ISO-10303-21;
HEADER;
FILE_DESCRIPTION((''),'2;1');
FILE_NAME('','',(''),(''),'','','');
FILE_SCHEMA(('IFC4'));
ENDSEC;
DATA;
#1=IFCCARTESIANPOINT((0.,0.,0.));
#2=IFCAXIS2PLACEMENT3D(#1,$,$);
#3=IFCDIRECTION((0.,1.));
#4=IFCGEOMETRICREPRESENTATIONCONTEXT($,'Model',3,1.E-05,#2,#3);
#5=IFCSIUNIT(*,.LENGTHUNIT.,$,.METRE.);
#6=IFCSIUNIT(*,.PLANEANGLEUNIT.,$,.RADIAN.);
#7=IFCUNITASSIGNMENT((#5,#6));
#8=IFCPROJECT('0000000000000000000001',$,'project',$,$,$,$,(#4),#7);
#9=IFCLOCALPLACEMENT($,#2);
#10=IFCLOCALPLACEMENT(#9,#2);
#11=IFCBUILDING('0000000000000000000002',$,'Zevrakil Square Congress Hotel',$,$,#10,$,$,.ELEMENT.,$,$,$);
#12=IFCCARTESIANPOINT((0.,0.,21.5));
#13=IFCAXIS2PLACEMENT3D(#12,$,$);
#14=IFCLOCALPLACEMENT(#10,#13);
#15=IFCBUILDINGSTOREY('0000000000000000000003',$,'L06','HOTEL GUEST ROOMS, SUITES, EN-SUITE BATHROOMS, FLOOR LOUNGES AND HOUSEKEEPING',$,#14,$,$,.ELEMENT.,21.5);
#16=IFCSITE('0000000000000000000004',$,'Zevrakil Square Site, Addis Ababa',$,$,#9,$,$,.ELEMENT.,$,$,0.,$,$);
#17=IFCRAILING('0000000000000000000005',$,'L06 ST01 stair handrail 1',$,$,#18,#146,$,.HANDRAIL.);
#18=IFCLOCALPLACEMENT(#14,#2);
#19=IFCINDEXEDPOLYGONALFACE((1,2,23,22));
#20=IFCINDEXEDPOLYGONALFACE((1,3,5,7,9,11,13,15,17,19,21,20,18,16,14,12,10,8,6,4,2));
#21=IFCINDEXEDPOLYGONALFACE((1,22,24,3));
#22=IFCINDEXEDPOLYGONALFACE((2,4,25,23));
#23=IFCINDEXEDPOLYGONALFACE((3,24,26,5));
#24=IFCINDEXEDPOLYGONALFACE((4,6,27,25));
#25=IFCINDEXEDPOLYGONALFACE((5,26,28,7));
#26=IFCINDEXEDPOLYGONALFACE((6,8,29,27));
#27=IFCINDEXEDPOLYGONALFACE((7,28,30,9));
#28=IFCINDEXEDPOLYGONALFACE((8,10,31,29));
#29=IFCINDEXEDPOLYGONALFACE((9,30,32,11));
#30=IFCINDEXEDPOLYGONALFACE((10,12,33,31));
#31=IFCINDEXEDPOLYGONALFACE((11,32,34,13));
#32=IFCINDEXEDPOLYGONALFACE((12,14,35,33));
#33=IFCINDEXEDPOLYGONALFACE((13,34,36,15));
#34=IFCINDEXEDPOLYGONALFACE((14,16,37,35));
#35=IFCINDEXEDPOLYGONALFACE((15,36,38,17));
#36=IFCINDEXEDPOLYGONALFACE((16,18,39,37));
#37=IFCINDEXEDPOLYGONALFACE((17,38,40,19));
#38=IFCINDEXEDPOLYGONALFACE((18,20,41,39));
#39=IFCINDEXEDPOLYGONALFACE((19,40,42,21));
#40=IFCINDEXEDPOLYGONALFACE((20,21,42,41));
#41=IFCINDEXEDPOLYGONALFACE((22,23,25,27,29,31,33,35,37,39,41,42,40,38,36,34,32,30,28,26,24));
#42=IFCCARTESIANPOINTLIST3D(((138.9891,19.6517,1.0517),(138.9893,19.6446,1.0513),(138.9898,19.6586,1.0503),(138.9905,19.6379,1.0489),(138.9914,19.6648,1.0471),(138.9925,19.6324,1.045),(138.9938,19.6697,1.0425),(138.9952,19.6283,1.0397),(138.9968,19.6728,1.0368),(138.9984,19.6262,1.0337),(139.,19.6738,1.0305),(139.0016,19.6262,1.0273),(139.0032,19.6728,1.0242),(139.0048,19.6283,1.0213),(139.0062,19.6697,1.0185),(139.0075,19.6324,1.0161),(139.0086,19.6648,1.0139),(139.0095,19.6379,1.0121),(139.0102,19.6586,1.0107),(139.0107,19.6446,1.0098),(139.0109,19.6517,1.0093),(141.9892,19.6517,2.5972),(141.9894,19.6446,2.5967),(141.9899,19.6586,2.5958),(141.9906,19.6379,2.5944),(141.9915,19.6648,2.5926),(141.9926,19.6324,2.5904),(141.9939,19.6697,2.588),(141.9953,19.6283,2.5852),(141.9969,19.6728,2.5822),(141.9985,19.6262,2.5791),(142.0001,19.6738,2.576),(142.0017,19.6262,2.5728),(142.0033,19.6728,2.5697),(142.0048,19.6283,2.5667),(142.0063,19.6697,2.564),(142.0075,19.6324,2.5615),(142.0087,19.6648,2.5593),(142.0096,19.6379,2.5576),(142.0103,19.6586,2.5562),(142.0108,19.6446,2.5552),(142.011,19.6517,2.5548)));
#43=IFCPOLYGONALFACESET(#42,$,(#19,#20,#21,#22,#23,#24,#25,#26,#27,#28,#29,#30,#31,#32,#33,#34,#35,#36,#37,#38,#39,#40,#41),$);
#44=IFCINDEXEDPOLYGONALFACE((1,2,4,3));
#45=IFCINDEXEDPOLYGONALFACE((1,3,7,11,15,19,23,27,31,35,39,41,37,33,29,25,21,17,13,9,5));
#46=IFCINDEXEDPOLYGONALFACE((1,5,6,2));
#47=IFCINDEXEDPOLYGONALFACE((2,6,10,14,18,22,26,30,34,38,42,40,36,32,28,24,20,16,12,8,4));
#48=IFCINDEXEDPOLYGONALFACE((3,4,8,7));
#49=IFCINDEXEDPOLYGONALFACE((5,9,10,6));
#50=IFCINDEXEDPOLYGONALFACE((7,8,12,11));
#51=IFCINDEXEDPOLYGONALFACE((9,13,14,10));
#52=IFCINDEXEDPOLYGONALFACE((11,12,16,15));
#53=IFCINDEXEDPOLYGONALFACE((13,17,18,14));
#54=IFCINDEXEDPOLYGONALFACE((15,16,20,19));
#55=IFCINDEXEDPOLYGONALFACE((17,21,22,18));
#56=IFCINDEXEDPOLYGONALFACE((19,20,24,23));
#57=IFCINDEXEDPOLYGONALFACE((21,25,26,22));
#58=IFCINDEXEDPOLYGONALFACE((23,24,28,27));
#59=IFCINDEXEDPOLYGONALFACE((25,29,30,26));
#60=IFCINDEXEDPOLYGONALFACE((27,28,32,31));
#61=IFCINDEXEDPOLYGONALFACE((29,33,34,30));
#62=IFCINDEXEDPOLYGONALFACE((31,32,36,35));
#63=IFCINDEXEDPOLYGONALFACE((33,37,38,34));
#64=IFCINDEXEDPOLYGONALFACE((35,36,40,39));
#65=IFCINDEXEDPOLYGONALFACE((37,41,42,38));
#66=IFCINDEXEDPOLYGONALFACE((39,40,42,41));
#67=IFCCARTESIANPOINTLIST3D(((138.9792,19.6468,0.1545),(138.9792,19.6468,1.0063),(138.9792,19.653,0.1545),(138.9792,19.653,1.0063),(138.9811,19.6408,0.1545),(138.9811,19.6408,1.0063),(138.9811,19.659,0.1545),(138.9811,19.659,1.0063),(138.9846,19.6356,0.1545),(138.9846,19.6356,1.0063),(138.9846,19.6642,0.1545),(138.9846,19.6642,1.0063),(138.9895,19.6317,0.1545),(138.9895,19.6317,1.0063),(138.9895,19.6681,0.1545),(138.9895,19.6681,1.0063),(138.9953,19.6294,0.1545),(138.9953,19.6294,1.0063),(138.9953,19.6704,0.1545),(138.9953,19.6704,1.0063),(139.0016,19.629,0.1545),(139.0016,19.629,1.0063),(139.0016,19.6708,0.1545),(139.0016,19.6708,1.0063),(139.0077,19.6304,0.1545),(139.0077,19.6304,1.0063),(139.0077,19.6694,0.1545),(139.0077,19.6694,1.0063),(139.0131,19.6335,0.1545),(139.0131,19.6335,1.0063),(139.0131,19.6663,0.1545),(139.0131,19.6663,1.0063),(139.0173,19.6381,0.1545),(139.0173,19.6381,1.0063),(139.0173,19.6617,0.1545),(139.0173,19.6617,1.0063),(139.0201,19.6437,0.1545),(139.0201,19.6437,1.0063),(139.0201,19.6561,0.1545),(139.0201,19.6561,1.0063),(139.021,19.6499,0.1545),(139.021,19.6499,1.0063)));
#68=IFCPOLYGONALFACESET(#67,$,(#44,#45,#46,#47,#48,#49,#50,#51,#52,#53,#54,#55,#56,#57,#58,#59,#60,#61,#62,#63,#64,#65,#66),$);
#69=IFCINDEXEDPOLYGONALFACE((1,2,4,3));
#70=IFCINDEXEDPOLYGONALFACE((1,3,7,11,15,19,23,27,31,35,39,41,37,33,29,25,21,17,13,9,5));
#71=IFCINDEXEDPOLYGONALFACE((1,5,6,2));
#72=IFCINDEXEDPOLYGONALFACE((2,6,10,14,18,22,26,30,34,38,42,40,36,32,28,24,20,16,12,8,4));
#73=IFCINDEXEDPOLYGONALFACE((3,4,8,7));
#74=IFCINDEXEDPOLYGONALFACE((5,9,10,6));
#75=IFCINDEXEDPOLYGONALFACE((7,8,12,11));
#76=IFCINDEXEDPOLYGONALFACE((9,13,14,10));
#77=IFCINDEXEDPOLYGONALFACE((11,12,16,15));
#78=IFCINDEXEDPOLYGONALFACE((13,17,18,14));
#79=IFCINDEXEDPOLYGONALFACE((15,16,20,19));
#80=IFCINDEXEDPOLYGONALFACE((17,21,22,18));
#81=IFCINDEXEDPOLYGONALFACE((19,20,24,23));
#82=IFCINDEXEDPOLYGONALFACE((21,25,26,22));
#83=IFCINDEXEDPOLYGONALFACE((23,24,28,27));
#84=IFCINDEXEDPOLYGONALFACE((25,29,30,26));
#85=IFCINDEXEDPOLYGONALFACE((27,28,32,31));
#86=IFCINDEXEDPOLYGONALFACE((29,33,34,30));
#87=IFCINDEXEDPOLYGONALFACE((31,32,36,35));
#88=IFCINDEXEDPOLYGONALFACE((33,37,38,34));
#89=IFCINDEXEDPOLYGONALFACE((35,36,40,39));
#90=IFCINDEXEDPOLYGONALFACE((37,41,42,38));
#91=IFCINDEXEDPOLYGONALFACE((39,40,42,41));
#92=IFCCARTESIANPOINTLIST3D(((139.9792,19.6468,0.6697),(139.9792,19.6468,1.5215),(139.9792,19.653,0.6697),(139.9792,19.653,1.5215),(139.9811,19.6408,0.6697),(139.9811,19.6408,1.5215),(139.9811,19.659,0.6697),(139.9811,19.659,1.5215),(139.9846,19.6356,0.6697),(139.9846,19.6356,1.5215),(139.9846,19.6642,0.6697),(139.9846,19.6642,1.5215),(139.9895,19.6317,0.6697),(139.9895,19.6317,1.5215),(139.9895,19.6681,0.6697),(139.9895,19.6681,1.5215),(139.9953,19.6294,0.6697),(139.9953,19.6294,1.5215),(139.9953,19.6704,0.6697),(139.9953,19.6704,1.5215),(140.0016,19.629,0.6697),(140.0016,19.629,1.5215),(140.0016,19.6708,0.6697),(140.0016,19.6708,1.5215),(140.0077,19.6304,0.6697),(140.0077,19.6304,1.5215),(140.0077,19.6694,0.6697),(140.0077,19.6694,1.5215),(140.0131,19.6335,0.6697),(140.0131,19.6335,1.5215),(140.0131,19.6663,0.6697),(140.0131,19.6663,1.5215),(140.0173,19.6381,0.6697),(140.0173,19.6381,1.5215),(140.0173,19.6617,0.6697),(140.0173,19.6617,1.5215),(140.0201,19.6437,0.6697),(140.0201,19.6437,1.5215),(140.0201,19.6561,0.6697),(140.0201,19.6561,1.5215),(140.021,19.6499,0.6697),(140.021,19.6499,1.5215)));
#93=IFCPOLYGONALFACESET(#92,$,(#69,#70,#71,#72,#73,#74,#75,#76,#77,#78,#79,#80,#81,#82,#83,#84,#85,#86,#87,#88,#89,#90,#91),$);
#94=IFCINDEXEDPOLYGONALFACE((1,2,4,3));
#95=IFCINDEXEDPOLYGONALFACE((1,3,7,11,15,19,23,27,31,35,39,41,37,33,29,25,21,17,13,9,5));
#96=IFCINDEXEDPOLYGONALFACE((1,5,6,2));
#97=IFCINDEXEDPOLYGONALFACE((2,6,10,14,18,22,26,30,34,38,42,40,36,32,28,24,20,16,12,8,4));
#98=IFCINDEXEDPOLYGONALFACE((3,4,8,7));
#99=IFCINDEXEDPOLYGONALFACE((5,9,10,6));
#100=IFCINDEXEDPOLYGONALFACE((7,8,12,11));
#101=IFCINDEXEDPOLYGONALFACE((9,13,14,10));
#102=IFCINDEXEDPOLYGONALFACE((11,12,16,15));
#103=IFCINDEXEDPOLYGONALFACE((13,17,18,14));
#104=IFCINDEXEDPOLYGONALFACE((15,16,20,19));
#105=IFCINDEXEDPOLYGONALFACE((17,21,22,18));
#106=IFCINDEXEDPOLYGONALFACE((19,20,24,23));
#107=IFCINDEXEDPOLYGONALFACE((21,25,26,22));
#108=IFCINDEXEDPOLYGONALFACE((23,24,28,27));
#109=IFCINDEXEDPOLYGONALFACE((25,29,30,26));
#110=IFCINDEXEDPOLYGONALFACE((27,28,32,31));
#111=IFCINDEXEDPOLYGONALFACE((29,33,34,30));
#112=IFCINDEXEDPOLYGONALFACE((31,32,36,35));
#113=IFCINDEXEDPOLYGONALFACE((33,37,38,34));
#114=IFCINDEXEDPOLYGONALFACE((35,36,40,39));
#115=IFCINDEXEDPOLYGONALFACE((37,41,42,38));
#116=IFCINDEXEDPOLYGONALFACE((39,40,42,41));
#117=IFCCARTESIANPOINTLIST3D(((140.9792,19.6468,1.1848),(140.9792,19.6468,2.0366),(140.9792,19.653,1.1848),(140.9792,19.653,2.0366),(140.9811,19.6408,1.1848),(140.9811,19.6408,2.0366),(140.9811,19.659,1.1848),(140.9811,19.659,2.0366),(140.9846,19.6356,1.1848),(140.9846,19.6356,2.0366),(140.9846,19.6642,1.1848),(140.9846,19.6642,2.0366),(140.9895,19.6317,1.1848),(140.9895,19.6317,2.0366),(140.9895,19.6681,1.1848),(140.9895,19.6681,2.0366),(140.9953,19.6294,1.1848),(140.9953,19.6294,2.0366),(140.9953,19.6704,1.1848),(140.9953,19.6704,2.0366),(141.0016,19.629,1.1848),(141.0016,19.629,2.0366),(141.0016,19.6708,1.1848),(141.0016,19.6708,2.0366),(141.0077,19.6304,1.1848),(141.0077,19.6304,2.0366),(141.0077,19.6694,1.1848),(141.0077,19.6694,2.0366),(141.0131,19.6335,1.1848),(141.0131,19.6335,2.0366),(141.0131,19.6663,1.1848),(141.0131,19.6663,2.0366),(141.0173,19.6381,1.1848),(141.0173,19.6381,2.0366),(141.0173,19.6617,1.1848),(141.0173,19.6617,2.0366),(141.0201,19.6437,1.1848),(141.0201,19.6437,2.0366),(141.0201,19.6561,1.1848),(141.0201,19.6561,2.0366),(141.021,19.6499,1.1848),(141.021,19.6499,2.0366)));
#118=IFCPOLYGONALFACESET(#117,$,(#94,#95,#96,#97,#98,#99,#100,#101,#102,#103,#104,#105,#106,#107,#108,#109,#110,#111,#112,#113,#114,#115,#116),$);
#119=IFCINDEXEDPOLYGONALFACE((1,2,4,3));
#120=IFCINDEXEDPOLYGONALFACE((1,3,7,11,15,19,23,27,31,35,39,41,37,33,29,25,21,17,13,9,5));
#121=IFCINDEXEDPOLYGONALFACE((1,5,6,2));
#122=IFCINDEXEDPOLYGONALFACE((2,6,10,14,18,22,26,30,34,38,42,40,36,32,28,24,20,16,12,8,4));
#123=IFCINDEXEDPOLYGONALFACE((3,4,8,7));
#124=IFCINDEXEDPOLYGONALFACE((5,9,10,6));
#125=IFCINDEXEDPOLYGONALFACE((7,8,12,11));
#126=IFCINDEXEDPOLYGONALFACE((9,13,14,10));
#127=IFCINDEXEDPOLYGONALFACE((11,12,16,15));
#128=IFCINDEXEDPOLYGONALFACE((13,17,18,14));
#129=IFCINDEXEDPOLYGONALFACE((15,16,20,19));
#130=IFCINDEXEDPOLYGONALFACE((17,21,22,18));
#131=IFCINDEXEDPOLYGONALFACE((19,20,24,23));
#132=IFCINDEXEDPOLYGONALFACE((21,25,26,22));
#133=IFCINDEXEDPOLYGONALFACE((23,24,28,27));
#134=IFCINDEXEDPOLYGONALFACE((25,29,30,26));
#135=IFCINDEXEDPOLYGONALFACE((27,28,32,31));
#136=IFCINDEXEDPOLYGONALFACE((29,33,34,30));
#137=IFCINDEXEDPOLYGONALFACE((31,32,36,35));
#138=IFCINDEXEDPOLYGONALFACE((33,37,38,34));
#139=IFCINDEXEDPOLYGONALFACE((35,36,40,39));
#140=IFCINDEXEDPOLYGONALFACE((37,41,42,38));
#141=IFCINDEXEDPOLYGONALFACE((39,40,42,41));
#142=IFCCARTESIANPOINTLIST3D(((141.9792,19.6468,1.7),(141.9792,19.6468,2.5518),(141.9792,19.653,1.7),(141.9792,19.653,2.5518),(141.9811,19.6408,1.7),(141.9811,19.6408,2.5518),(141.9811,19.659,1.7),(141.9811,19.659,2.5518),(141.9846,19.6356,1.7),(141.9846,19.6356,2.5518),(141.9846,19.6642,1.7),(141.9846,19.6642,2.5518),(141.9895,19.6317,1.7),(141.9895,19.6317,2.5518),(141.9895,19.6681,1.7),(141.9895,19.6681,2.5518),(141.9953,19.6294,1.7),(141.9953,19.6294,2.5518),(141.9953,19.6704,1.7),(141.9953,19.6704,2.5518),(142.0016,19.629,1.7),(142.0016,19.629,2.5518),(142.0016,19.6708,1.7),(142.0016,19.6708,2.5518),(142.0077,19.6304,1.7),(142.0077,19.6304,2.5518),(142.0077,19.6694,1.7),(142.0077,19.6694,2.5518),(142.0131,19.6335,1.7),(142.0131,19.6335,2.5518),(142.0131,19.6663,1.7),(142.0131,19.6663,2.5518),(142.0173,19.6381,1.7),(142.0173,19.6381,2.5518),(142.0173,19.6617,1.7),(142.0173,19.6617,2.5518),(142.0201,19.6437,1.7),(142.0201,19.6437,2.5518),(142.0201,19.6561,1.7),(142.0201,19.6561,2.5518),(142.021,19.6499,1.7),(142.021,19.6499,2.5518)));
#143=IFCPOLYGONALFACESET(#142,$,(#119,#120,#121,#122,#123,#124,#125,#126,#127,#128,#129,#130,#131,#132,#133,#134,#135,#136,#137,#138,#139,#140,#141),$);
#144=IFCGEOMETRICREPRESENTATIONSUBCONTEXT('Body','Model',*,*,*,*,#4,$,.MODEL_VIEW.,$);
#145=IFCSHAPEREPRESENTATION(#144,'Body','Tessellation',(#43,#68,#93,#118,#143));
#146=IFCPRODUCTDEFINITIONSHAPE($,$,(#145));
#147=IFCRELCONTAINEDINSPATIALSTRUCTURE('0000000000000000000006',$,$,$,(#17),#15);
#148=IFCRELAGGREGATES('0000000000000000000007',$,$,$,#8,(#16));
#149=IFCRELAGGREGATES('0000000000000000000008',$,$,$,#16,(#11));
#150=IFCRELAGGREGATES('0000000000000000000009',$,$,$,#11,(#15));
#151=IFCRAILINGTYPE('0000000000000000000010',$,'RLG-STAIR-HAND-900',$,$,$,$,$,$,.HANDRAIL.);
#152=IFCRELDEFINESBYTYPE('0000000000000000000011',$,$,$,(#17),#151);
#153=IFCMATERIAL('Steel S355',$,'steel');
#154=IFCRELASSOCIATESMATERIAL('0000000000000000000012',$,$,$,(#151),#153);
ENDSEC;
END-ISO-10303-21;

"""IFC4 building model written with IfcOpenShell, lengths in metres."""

from ifc_helpers import new_model, si_unit, direction, frame, origin, origin_2d, place, context, subcontext, project, spatial, circle, extrude, material, type_object, element, save


model = new_model("IFC4")

# Units and contexts
model_context = context("Model", 3, precision=1e-05, world=origin(), true_north=direction((0.0, 1.0)))
body_context = subcontext(model_context, "Body", "Model", "MODEL_VIEW")
ifc_project = project(units=[si_unit("LENGTHUNIT", "METRE"), si_unit("PLANEANGLEUNIT", "RADIAN")], contexts=[model_context])

# Site, building, storey
site_placement = place(None, origin())
site = spatial("IfcSite", under=ifc_project, at=site_placement, Name="Zevrakil Square Site, Addis Ababa", CompositionType="ELEMENT", RefElevation=0.0)
building_placement = place(site_placement, origin())
building = spatial("IfcBuilding", under=site, at=building_placement, Name="Zevrakil Square Congress Hotel", CompositionType="ELEMENT")
storey_placement = place(building_placement, frame((0.0, 0.0, 21.5)))
storey = spatial("IfcBuildingStorey", under=building, at=storey_placement, Name="L06", Description="HOTEL GUEST ROOMS, SUITES, EN-SUITE BATHROOMS, FLOOR LOUNGES AND HOUSEKEEPING", CompositionType="ELEMENT", Elevation=21.5)

# Railing
ifc_material_1 = material(Name="Steel S355", Category="steel")
railing_type_1 = type_object("IfcRailingType", Name="RLG-STAIR-HAND-900", PredefinedType="HANDRAIL", material=ifc_material_1)
railing_1_placement = place(storey_placement, frame((139.0, 19.6499, 0.1545)))
element("IfcRailing", 1, at=railing_1_placement, inside=storey, type_object=railing_type_1, Name="L06 ST01 stair handrail 1", PredefinedType="HANDRAIL", context=body_context, shape_type="SweptSolid", body=[
    extrude(circle(Radius=0.0239, at=origin_2d()), frame((0.0, 0.0, 0.876), z_axis=(0.88898, 0.0, 0.457946), x_axis=(0.0, 1.0, 0.0)), (0.0, 0.0, 1.0), 3.3748),
    extrude(circle(Radius=0.021, at=origin_2d()), origin(), (0.0, 0.0, 1.0), 0.8518),
    extrude(circle(Radius=0.021, at=origin_2d()), frame((1.0, 0.0, 0.5151)), (0.0, 0.0, 1.0), 0.8518),
    extrude(circle(Radius=0.021, at=origin_2d()), frame((2.0, 0.0, 1.0303)), (0.0, 0.0, 1.0), 0.8518),
    extrude(circle(Radius=0.021, at=origin_2d()), frame((3.0, 0.0, 1.5454)), (0.0, 0.0, 1.0), 0.8518),
])

save(model, "model.ifc")
